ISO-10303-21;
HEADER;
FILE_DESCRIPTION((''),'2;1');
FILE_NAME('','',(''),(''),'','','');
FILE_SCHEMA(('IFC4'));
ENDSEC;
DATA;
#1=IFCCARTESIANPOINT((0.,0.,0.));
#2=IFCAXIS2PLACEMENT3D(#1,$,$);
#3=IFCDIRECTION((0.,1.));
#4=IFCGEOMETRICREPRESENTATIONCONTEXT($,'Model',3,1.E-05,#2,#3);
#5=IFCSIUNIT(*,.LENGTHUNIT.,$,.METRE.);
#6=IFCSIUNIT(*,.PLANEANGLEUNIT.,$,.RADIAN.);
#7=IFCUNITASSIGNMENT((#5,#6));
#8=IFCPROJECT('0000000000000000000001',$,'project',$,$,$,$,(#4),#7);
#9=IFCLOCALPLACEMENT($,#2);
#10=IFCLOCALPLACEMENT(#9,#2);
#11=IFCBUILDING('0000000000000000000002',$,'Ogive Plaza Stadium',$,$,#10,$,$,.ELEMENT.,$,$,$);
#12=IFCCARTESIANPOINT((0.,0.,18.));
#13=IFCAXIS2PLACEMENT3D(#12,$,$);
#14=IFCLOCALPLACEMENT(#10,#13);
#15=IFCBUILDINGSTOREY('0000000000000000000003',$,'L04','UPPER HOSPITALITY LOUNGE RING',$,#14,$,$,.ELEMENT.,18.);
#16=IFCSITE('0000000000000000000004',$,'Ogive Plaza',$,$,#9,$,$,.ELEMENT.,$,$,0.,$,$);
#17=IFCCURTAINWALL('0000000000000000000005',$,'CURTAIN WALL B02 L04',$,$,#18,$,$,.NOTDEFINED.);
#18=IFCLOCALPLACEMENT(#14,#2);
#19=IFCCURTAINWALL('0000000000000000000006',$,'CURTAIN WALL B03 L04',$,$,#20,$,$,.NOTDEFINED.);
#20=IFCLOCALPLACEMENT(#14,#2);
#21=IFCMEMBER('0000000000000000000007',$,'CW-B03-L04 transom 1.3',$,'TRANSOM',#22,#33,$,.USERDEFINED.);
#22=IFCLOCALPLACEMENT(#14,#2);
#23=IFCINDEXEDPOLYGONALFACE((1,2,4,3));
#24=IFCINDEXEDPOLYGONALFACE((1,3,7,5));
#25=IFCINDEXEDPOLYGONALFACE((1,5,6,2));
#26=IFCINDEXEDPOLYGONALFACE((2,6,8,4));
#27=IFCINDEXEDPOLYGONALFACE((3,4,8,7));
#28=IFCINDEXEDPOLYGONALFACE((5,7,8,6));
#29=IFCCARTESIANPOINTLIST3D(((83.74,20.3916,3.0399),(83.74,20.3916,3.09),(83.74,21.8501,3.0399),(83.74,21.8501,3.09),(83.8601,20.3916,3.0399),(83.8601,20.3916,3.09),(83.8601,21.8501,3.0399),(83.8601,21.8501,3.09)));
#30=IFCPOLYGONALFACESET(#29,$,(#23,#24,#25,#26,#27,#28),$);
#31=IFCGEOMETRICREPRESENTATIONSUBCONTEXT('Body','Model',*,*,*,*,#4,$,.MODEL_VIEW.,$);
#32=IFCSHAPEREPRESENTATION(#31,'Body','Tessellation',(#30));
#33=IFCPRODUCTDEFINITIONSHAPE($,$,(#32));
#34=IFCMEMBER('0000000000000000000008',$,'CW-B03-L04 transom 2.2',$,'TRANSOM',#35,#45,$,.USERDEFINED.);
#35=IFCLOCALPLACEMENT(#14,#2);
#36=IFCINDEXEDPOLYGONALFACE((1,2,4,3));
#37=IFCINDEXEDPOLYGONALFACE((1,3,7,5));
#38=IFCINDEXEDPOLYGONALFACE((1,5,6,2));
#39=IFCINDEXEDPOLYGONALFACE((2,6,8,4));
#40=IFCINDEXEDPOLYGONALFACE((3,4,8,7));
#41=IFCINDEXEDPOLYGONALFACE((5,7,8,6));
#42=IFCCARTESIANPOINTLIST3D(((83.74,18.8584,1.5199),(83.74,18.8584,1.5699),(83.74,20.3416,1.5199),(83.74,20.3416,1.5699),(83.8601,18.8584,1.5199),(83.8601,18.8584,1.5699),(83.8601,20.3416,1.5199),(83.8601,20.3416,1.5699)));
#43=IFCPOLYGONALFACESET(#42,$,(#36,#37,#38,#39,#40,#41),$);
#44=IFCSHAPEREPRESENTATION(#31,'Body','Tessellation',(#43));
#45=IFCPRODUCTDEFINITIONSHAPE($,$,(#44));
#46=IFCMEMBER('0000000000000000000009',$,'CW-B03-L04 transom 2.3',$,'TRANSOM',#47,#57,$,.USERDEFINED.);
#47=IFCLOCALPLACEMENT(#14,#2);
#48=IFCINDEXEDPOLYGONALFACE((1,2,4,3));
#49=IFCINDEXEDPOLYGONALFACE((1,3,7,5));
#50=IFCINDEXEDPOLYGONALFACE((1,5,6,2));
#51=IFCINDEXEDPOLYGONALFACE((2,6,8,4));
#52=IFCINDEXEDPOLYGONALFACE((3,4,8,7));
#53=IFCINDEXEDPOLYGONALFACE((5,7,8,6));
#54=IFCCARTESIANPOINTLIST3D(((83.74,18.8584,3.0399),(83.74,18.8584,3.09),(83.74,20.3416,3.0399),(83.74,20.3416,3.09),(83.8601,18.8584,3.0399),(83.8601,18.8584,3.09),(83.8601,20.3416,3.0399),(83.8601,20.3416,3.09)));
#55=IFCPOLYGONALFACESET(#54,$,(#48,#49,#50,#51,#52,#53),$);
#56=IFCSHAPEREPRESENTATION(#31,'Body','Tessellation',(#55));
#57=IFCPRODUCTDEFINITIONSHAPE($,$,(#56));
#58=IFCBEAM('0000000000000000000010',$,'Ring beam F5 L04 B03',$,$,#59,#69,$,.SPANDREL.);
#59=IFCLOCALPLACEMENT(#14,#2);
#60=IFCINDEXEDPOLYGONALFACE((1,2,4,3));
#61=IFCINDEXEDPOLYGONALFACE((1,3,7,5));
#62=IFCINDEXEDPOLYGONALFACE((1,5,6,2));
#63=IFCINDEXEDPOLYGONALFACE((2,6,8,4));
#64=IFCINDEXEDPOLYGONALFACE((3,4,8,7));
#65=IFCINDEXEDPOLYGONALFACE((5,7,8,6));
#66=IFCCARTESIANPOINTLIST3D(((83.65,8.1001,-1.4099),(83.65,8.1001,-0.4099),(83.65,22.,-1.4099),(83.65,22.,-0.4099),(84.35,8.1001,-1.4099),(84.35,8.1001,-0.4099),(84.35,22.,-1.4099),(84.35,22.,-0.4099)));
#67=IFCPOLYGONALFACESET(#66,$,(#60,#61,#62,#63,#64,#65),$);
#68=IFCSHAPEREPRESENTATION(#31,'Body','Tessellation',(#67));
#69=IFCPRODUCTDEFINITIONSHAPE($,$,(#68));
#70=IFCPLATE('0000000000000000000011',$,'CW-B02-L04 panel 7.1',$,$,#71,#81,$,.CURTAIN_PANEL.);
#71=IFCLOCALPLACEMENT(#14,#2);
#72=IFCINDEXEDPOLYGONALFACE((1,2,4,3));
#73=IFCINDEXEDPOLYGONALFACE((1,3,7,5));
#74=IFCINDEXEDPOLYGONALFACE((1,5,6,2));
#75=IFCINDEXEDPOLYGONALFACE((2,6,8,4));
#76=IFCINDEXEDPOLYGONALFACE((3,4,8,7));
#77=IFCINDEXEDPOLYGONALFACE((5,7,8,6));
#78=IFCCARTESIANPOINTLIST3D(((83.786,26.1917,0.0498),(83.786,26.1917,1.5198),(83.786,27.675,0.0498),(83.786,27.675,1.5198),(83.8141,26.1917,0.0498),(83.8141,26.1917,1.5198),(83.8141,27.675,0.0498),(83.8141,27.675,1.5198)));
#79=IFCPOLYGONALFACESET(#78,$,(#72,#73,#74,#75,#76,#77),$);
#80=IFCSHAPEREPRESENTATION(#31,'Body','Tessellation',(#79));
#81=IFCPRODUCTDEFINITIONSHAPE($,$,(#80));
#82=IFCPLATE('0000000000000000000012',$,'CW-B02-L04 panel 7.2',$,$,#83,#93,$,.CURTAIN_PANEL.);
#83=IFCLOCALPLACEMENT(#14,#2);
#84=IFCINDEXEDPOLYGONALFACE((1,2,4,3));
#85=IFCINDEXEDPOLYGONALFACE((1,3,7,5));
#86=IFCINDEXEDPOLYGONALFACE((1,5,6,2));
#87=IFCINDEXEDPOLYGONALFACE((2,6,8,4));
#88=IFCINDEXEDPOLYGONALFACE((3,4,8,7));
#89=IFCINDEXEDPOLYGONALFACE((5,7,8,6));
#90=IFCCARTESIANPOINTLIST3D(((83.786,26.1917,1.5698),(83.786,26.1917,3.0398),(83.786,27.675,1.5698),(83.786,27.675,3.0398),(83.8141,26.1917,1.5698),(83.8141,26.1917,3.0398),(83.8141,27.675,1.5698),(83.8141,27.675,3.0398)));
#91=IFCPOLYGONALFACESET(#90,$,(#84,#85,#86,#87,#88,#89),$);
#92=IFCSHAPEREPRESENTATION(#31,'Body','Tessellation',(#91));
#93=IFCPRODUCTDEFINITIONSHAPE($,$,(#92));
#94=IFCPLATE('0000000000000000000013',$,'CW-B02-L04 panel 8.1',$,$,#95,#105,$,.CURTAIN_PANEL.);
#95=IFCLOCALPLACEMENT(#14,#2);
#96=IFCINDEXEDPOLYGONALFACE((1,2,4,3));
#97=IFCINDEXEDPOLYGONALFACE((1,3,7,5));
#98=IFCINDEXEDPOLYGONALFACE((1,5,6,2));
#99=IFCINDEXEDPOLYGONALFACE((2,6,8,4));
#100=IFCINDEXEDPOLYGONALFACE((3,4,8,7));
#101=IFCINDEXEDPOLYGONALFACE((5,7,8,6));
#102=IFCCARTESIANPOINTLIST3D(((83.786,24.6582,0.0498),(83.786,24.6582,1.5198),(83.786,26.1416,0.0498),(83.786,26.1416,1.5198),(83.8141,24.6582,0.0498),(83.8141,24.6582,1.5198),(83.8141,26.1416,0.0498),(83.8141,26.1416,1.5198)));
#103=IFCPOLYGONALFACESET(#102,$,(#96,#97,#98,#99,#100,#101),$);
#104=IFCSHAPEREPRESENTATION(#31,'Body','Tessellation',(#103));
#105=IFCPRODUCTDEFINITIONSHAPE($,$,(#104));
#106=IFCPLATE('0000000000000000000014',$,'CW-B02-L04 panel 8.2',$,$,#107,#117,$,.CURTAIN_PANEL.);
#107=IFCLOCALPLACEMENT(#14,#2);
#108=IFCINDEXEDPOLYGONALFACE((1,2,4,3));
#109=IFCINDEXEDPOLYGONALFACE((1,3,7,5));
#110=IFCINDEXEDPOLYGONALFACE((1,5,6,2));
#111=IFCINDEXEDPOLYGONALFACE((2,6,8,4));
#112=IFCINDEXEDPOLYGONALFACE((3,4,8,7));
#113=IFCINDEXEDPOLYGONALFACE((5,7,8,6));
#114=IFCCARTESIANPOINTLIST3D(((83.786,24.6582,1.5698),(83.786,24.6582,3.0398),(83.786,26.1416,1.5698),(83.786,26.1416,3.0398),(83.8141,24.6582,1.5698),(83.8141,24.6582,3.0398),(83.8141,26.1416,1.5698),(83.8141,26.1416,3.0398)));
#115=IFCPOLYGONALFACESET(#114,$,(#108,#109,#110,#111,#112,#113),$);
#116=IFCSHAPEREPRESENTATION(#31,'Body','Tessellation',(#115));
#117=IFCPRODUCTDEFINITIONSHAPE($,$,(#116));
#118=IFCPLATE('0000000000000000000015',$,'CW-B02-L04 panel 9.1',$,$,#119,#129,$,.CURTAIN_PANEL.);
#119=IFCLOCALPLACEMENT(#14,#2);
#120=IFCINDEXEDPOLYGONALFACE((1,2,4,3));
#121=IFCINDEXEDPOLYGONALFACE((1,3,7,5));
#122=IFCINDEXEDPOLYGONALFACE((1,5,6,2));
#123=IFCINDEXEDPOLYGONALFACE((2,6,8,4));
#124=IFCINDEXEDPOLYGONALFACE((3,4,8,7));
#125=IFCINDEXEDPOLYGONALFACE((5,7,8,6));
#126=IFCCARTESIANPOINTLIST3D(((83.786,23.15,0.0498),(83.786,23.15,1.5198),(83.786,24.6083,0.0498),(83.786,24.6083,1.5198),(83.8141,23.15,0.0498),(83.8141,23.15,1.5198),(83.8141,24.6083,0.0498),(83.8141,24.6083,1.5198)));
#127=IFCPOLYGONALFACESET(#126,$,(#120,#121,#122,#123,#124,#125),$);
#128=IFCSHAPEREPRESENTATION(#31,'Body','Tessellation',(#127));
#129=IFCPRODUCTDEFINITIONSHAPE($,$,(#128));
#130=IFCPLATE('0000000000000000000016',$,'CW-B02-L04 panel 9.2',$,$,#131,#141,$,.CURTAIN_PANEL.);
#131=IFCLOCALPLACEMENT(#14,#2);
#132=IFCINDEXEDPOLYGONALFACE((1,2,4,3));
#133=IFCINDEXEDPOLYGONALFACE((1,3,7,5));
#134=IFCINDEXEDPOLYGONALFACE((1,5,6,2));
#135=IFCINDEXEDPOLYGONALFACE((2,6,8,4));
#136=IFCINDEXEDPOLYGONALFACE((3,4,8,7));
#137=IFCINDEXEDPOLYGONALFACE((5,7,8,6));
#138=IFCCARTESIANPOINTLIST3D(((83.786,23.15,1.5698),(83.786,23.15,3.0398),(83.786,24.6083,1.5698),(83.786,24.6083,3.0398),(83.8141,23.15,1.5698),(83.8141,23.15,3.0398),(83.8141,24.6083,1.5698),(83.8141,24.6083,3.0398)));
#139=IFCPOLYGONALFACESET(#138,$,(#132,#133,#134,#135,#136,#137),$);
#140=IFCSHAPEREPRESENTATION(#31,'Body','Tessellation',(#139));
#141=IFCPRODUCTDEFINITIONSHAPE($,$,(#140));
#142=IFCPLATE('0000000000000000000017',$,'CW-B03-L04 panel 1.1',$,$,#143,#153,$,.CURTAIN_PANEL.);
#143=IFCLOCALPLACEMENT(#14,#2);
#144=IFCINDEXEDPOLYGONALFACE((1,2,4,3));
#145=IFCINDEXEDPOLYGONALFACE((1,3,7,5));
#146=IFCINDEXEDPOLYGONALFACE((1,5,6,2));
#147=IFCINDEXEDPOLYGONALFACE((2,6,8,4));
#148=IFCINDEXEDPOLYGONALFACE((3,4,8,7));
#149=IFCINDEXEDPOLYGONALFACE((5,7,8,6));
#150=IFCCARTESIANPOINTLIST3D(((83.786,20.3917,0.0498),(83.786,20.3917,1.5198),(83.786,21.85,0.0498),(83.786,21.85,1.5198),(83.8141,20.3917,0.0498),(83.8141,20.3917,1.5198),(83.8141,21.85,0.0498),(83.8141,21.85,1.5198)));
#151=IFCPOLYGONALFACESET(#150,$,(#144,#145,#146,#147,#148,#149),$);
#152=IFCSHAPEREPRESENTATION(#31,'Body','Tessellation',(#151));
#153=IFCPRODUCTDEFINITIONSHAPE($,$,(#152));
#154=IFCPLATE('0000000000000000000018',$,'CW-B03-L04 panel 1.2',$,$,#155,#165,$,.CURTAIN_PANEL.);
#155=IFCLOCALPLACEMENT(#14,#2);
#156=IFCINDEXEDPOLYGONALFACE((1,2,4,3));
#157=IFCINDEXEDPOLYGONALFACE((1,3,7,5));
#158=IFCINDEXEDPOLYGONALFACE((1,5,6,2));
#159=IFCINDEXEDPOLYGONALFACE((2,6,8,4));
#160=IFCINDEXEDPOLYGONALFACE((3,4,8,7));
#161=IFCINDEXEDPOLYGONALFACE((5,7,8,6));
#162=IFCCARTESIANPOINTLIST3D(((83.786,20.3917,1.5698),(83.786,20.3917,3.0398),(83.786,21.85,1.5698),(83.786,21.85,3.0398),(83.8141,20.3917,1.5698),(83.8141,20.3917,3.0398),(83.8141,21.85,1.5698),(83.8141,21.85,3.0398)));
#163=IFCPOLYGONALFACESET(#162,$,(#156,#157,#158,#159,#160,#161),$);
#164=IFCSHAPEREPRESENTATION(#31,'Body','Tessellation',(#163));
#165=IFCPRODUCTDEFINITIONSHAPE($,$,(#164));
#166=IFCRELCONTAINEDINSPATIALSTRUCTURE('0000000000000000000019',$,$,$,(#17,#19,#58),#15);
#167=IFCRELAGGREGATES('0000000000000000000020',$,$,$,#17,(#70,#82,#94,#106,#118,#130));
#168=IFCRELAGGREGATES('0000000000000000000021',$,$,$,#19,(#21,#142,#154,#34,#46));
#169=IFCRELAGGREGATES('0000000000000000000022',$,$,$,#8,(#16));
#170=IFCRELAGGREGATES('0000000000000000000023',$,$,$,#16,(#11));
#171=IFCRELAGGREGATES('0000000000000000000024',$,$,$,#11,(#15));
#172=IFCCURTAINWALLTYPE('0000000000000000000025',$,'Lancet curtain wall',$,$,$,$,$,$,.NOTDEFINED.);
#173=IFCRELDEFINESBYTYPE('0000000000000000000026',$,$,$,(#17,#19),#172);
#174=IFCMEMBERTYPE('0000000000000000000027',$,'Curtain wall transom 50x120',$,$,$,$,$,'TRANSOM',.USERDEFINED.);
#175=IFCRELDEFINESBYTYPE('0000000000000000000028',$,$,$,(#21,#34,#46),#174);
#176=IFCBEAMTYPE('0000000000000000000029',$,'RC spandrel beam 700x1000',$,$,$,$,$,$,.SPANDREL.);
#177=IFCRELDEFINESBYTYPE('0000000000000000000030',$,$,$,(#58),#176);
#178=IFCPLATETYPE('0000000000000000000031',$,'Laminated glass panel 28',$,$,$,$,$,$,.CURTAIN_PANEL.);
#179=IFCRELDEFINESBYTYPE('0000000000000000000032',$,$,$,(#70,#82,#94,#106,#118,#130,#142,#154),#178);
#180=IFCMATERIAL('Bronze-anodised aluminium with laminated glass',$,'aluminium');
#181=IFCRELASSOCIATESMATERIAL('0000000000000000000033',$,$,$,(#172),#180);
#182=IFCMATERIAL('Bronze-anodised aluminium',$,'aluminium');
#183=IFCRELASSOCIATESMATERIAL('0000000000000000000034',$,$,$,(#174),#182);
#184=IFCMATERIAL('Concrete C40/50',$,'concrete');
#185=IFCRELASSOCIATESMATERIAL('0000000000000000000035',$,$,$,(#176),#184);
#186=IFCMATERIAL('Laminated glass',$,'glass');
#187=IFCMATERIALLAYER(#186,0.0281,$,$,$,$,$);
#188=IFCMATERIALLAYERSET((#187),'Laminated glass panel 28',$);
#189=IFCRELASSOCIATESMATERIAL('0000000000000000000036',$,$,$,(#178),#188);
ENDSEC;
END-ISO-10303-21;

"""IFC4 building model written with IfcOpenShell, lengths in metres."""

from ifc_helpers import new_model, si_unit, direction, frame, origin, origin_2d, place, context, subcontext, project, spatial, rectangle, extrude, material, layer, layer_set, material_profile, profile_set, type_object, element, aggregate, save


model = new_model("IFC4")

# Units and contexts
model_context = context("Model", 3, precision=1e-05, world=origin(), true_north=direction((0.0, 1.0)))
body_context = subcontext(model_context, "Body", "Model", "MODEL_VIEW")
ifc_project = project(units=[si_unit("LENGTHUNIT", "METRE"), si_unit("PLANEANGLEUNIT", "RADIAN")], contexts=[model_context])

# Site, building, storey
site_placement = place(None, origin())
site = spatial("IfcSite", under=ifc_project, at=site_placement, Name="Ogive Plaza", CompositionType="ELEMENT", RefElevation=0.0)
building_placement = place(site_placement, origin())
building = spatial("IfcBuilding", under=site, at=building_placement, Name="Ogive Plaza Stadium", CompositionType="ELEMENT")
storey_placement = place(building_placement, frame((0.0, 0.0, 18.0)))
storey = spatial("IfcBuildingStorey", under=building, at=storey_placement, Name="L04", Description="UPPER HOSPITALITY LOUNGE RING", CompositionType="ELEMENT", Elevation=18.0)

# Curtain walls
ifc_material_1 = material(Name="Bronze-anodised aluminium with laminated glass", Category="aluminium")
curtain_wall_type = type_object("IfcCurtainWallType", Name="Lancet curtain wall", PredefinedType="NOTDEFINED", material=ifc_material_1)
curtain_wall_1_placement = place(storey_placement, origin())
curtain_wall_1 = element("IfcCurtainWall", 1, at=curtain_wall_1_placement, inside=storey, type_object=curtain_wall_type, Name="CURTAIN WALL B02 L04", PredefinedType="NOTDEFINED")
curtain_wall_2_placement = place(storey_placement, origin())
curtain_wall_2 = element("IfcCurtainWall", 2, at=curtain_wall_2_placement, inside=storey, type_object=curtain_wall_type, Name="CURTAIN WALL B03 L04", PredefinedType="NOTDEFINED")

# Members
ifc_material_2 = material(Name="Bronze-anodised aluminium", Category="aluminium")
ifc_material_profile_1 = material_profile(ifc_material_2, rectangle(XDim=0.1201, YDim=0.05, at=origin_2d()), Name="AL 120x50")
ifc_profile_set_1 = profile_set([ifc_material_profile_1], Name="Bronze-anodised aluminium")
member_type_1 = type_object("IfcMemberType", Name="Curtain wall transom 50x120", ElementType="TRANSOM", PredefinedType="USERDEFINED", material=ifc_profile_set_1)
member_1_placement = place(storey_placement, frame((83.8, 21.8501, 3.0649), z_axis=(0.0, -1.0, 0.0), x_axis=(1.0, 0.0, 0.0)))
member_1 = element("IfcMember", 3, at=member_1_placement, type_object=member_type_1, Name="CW-B03-L04 transom 1.3", ObjectType="TRANSOM", PredefinedType="USERDEFINED", context=body_context, shape_type="SweptSolid", body=[
    extrude(rectangle(XDim=0.1201, YDim=0.05, at=origin_2d()), origin(), (0.0, 0.0, 1.0), 1.4585),
])
member_2_placement = place(storey_placement, frame((83.8, 20.3416, 1.5449), z_axis=(0.0, -1.0, 0.0), x_axis=(1.0, 0.0, 0.0)))
member_2 = element("IfcMember", 4, at=member_2_placement, type_object=member_type_1, Name="CW-B03-L04 transom 2.2", ObjectType="TRANSOM", PredefinedType="USERDEFINED", context=body_context, shape_type="SweptSolid", body=[
    extrude(rectangle(XDim=0.1201, YDim=0.05, at=origin_2d()), origin(), (0.0, 0.0, 1.0), 1.4832),
])
member_3_placement = place(storey_placement, frame((83.8, 20.3416, 3.0649), z_axis=(0.0, -1.0, 0.0), x_axis=(1.0, 0.0, 0.0)))
member_3 = element("IfcMember", 5, at=member_3_placement, type_object=member_type_1, Name="CW-B03-L04 transom 2.3", ObjectType="TRANSOM", PredefinedType="USERDEFINED", context=body_context, shape_type="SweptSolid", body=[
    extrude(rectangle(XDim=0.1201, YDim=0.05, at=origin_2d()), origin(), (0.0, 0.0, 1.0), 1.4832),
])

# Beam
ifc_material_3 = material(Name="Concrete C40/50", Category="concrete")
ifc_material_profile_2 = material_profile(ifc_material_3, rectangle(XDim=0.7, YDim=1.0, at=origin_2d()), Name="RC 700x1000")
ifc_profile_set_2 = profile_set([ifc_material_profile_2], Name="Concrete C40/50")
beam_type = type_object("IfcBeamType", Name="RC spandrel beam 700x1000", PredefinedType="SPANDREL", material=ifc_profile_set_2)
beam_placement = place(storey_placement, frame((84.0, 22.0, -0.9099), z_axis=(0.0, -1.0, 0.0), x_axis=(1.0, 0.0, 0.0)))
element("IfcBeam", 6, at=beam_placement, inside=storey, type_object=beam_type, Name="Ring beam F5 L04 B03", PredefinedType="SPANDREL", context=body_context, shape_type="SweptSolid", body=[
    extrude(rectangle(XDim=0.7, YDim=1.0, at=origin_2d()), origin(), (0.0, 0.0, 1.0), 13.8999),
])

# Plates
ifc_material_4 = material(Name="Laminated glass", Category="glass")
ifc_layer = layer(ifc_material_4, 0.0281)
ifc_layer_set = layer_set([ifc_layer], Name="Laminated glass panel 28")
plate_type = type_object("IfcPlateType", Name="Laminated glass panel 28", PredefinedType="CURTAIN_PANEL", material=ifc_layer_set)
plate_1_placement = place(storey_placement, frame((83.8, 26.9333, 0.0498), z_axis=(0.0, 0.0, 1.0), x_axis=(0.0, -1.0, 0.0)))
plate_1 = element("IfcPlate", 7, at=plate_1_placement, type_object=plate_type, Name="CW-B02-L04 panel 7.1", PredefinedType="CURTAIN_PANEL", context=body_context, shape_type="SweptSolid", body=[
    extrude(rectangle(XDim=1.4834, YDim=0.0281, at=origin_2d()), origin(), (0.0, 0.0, 1.0), 1.47),
])
plate_2_placement = place(storey_placement, frame((83.8, 26.9333, 1.5698), z_axis=(0.0, 0.0, 1.0), x_axis=(0.0, -1.0, 0.0)))
plate_2 = element("IfcPlate", 8, at=plate_2_placement, type_object=plate_type, Name="CW-B02-L04 panel 7.2", PredefinedType="CURTAIN_PANEL", context=body_context, shape_type="SweptSolid", body=[
    extrude(rectangle(XDim=1.4834, YDim=0.0281, at=origin_2d()), origin(), (0.0, 0.0, 1.0), 1.47),
])
plate_3_placement = place(storey_placement, frame((83.8, 25.3999, 0.0498), z_axis=(0.0, 0.0, 1.0), x_axis=(0.0, -1.0, 0.0)))
plate_3 = element("IfcPlate", 9, at=plate_3_placement, type_object=plate_type, Name="CW-B02-L04 panel 8.1", PredefinedType="CURTAIN_PANEL", context=body_context, shape_type="SweptSolid", body=[
    extrude(rectangle(XDim=1.4834, YDim=0.0281, at=origin_2d()), origin(), (0.0, 0.0, 1.0), 1.47),
])
plate_4_placement = place(storey_placement, frame((83.8, 25.3999, 1.5698), z_axis=(0.0, 0.0, 1.0), x_axis=(0.0, -1.0, 0.0)))
plate_4 = element("IfcPlate", 10, at=plate_4_placement, type_object=plate_type, Name="CW-B02-L04 panel 8.2", PredefinedType="CURTAIN_PANEL", context=body_context, shape_type="SweptSolid", body=[
    extrude(rectangle(XDim=1.4834, YDim=0.0281, at=origin_2d()), origin(), (0.0, 0.0, 1.0), 1.47),
])
plate_5_placement = place(storey_placement, frame((83.8, 23.8792, 0.0498), z_axis=(0.0, 0.0, 1.0), x_axis=(0.0, -1.0, 0.0)))
plate_5 = element("IfcPlate", 11, at=plate_5_placement, type_object=plate_type, Name="CW-B02-L04 panel 9.1", PredefinedType="CURTAIN_PANEL", context=body_context, shape_type="SweptSolid", body=[
    extrude(rectangle(XDim=1.4583, YDim=0.0281, at=origin_2d()), origin(), (0.0, 0.0, 1.0), 1.47),
])
plate_6_placement = place(storey_placement, frame((83.8, 23.8792, 1.5698), z_axis=(0.0, 0.0, 1.0), x_axis=(0.0, -1.0, 0.0)))
plate_6 = element("IfcPlate", 12, at=plate_6_placement, type_object=plate_type, Name="CW-B02-L04 panel 9.2", PredefinedType="CURTAIN_PANEL", context=body_context, shape_type="SweptSolid", body=[
    extrude(rectangle(XDim=1.4583, YDim=0.0281, at=origin_2d()), origin(), (0.0, 0.0, 1.0), 1.47),
])
aggregate(curtain_wall_1, [plate_1, plate_2, plate_3, plate_4, plate_5, plate_6])
plate_7_placement = place(storey_placement, frame((83.8, 21.1208, 0.0498), z_axis=(0.0, 0.0, 1.0), x_axis=(0.0, -1.0, 0.0)))
plate_7 = element("IfcPlate", 13, at=plate_7_placement, type_object=plate_type, Name="CW-B03-L04 panel 1.1", PredefinedType="CURTAIN_PANEL", context=body_context, shape_type="SweptSolid", body=[
    extrude(rectangle(XDim=1.4583, YDim=0.0281, at=origin_2d()), origin(), (0.0, 0.0, 1.0), 1.47),
])
plate_8_placement = place(storey_placement, frame((83.8, 21.1208, 1.5698), z_axis=(0.0, 0.0, 1.0), x_axis=(0.0, -1.0, 0.0)))
plate_8 = element("IfcPlate", 14, at=plate_8_placement, type_object=plate_type, Name="CW-B03-L04 panel 1.2", PredefinedType="CURTAIN_PANEL", context=body_context, shape_type="SweptSolid", body=[
    extrude(rectangle(XDim=1.4583, YDim=0.0281, at=origin_2d()), origin(), (0.0, 0.0, 1.0), 1.47),
])
aggregate(curtain_wall_2, [member_1, plate_7, plate_8, member_2, member_3])

save(model, "model.ifc")
